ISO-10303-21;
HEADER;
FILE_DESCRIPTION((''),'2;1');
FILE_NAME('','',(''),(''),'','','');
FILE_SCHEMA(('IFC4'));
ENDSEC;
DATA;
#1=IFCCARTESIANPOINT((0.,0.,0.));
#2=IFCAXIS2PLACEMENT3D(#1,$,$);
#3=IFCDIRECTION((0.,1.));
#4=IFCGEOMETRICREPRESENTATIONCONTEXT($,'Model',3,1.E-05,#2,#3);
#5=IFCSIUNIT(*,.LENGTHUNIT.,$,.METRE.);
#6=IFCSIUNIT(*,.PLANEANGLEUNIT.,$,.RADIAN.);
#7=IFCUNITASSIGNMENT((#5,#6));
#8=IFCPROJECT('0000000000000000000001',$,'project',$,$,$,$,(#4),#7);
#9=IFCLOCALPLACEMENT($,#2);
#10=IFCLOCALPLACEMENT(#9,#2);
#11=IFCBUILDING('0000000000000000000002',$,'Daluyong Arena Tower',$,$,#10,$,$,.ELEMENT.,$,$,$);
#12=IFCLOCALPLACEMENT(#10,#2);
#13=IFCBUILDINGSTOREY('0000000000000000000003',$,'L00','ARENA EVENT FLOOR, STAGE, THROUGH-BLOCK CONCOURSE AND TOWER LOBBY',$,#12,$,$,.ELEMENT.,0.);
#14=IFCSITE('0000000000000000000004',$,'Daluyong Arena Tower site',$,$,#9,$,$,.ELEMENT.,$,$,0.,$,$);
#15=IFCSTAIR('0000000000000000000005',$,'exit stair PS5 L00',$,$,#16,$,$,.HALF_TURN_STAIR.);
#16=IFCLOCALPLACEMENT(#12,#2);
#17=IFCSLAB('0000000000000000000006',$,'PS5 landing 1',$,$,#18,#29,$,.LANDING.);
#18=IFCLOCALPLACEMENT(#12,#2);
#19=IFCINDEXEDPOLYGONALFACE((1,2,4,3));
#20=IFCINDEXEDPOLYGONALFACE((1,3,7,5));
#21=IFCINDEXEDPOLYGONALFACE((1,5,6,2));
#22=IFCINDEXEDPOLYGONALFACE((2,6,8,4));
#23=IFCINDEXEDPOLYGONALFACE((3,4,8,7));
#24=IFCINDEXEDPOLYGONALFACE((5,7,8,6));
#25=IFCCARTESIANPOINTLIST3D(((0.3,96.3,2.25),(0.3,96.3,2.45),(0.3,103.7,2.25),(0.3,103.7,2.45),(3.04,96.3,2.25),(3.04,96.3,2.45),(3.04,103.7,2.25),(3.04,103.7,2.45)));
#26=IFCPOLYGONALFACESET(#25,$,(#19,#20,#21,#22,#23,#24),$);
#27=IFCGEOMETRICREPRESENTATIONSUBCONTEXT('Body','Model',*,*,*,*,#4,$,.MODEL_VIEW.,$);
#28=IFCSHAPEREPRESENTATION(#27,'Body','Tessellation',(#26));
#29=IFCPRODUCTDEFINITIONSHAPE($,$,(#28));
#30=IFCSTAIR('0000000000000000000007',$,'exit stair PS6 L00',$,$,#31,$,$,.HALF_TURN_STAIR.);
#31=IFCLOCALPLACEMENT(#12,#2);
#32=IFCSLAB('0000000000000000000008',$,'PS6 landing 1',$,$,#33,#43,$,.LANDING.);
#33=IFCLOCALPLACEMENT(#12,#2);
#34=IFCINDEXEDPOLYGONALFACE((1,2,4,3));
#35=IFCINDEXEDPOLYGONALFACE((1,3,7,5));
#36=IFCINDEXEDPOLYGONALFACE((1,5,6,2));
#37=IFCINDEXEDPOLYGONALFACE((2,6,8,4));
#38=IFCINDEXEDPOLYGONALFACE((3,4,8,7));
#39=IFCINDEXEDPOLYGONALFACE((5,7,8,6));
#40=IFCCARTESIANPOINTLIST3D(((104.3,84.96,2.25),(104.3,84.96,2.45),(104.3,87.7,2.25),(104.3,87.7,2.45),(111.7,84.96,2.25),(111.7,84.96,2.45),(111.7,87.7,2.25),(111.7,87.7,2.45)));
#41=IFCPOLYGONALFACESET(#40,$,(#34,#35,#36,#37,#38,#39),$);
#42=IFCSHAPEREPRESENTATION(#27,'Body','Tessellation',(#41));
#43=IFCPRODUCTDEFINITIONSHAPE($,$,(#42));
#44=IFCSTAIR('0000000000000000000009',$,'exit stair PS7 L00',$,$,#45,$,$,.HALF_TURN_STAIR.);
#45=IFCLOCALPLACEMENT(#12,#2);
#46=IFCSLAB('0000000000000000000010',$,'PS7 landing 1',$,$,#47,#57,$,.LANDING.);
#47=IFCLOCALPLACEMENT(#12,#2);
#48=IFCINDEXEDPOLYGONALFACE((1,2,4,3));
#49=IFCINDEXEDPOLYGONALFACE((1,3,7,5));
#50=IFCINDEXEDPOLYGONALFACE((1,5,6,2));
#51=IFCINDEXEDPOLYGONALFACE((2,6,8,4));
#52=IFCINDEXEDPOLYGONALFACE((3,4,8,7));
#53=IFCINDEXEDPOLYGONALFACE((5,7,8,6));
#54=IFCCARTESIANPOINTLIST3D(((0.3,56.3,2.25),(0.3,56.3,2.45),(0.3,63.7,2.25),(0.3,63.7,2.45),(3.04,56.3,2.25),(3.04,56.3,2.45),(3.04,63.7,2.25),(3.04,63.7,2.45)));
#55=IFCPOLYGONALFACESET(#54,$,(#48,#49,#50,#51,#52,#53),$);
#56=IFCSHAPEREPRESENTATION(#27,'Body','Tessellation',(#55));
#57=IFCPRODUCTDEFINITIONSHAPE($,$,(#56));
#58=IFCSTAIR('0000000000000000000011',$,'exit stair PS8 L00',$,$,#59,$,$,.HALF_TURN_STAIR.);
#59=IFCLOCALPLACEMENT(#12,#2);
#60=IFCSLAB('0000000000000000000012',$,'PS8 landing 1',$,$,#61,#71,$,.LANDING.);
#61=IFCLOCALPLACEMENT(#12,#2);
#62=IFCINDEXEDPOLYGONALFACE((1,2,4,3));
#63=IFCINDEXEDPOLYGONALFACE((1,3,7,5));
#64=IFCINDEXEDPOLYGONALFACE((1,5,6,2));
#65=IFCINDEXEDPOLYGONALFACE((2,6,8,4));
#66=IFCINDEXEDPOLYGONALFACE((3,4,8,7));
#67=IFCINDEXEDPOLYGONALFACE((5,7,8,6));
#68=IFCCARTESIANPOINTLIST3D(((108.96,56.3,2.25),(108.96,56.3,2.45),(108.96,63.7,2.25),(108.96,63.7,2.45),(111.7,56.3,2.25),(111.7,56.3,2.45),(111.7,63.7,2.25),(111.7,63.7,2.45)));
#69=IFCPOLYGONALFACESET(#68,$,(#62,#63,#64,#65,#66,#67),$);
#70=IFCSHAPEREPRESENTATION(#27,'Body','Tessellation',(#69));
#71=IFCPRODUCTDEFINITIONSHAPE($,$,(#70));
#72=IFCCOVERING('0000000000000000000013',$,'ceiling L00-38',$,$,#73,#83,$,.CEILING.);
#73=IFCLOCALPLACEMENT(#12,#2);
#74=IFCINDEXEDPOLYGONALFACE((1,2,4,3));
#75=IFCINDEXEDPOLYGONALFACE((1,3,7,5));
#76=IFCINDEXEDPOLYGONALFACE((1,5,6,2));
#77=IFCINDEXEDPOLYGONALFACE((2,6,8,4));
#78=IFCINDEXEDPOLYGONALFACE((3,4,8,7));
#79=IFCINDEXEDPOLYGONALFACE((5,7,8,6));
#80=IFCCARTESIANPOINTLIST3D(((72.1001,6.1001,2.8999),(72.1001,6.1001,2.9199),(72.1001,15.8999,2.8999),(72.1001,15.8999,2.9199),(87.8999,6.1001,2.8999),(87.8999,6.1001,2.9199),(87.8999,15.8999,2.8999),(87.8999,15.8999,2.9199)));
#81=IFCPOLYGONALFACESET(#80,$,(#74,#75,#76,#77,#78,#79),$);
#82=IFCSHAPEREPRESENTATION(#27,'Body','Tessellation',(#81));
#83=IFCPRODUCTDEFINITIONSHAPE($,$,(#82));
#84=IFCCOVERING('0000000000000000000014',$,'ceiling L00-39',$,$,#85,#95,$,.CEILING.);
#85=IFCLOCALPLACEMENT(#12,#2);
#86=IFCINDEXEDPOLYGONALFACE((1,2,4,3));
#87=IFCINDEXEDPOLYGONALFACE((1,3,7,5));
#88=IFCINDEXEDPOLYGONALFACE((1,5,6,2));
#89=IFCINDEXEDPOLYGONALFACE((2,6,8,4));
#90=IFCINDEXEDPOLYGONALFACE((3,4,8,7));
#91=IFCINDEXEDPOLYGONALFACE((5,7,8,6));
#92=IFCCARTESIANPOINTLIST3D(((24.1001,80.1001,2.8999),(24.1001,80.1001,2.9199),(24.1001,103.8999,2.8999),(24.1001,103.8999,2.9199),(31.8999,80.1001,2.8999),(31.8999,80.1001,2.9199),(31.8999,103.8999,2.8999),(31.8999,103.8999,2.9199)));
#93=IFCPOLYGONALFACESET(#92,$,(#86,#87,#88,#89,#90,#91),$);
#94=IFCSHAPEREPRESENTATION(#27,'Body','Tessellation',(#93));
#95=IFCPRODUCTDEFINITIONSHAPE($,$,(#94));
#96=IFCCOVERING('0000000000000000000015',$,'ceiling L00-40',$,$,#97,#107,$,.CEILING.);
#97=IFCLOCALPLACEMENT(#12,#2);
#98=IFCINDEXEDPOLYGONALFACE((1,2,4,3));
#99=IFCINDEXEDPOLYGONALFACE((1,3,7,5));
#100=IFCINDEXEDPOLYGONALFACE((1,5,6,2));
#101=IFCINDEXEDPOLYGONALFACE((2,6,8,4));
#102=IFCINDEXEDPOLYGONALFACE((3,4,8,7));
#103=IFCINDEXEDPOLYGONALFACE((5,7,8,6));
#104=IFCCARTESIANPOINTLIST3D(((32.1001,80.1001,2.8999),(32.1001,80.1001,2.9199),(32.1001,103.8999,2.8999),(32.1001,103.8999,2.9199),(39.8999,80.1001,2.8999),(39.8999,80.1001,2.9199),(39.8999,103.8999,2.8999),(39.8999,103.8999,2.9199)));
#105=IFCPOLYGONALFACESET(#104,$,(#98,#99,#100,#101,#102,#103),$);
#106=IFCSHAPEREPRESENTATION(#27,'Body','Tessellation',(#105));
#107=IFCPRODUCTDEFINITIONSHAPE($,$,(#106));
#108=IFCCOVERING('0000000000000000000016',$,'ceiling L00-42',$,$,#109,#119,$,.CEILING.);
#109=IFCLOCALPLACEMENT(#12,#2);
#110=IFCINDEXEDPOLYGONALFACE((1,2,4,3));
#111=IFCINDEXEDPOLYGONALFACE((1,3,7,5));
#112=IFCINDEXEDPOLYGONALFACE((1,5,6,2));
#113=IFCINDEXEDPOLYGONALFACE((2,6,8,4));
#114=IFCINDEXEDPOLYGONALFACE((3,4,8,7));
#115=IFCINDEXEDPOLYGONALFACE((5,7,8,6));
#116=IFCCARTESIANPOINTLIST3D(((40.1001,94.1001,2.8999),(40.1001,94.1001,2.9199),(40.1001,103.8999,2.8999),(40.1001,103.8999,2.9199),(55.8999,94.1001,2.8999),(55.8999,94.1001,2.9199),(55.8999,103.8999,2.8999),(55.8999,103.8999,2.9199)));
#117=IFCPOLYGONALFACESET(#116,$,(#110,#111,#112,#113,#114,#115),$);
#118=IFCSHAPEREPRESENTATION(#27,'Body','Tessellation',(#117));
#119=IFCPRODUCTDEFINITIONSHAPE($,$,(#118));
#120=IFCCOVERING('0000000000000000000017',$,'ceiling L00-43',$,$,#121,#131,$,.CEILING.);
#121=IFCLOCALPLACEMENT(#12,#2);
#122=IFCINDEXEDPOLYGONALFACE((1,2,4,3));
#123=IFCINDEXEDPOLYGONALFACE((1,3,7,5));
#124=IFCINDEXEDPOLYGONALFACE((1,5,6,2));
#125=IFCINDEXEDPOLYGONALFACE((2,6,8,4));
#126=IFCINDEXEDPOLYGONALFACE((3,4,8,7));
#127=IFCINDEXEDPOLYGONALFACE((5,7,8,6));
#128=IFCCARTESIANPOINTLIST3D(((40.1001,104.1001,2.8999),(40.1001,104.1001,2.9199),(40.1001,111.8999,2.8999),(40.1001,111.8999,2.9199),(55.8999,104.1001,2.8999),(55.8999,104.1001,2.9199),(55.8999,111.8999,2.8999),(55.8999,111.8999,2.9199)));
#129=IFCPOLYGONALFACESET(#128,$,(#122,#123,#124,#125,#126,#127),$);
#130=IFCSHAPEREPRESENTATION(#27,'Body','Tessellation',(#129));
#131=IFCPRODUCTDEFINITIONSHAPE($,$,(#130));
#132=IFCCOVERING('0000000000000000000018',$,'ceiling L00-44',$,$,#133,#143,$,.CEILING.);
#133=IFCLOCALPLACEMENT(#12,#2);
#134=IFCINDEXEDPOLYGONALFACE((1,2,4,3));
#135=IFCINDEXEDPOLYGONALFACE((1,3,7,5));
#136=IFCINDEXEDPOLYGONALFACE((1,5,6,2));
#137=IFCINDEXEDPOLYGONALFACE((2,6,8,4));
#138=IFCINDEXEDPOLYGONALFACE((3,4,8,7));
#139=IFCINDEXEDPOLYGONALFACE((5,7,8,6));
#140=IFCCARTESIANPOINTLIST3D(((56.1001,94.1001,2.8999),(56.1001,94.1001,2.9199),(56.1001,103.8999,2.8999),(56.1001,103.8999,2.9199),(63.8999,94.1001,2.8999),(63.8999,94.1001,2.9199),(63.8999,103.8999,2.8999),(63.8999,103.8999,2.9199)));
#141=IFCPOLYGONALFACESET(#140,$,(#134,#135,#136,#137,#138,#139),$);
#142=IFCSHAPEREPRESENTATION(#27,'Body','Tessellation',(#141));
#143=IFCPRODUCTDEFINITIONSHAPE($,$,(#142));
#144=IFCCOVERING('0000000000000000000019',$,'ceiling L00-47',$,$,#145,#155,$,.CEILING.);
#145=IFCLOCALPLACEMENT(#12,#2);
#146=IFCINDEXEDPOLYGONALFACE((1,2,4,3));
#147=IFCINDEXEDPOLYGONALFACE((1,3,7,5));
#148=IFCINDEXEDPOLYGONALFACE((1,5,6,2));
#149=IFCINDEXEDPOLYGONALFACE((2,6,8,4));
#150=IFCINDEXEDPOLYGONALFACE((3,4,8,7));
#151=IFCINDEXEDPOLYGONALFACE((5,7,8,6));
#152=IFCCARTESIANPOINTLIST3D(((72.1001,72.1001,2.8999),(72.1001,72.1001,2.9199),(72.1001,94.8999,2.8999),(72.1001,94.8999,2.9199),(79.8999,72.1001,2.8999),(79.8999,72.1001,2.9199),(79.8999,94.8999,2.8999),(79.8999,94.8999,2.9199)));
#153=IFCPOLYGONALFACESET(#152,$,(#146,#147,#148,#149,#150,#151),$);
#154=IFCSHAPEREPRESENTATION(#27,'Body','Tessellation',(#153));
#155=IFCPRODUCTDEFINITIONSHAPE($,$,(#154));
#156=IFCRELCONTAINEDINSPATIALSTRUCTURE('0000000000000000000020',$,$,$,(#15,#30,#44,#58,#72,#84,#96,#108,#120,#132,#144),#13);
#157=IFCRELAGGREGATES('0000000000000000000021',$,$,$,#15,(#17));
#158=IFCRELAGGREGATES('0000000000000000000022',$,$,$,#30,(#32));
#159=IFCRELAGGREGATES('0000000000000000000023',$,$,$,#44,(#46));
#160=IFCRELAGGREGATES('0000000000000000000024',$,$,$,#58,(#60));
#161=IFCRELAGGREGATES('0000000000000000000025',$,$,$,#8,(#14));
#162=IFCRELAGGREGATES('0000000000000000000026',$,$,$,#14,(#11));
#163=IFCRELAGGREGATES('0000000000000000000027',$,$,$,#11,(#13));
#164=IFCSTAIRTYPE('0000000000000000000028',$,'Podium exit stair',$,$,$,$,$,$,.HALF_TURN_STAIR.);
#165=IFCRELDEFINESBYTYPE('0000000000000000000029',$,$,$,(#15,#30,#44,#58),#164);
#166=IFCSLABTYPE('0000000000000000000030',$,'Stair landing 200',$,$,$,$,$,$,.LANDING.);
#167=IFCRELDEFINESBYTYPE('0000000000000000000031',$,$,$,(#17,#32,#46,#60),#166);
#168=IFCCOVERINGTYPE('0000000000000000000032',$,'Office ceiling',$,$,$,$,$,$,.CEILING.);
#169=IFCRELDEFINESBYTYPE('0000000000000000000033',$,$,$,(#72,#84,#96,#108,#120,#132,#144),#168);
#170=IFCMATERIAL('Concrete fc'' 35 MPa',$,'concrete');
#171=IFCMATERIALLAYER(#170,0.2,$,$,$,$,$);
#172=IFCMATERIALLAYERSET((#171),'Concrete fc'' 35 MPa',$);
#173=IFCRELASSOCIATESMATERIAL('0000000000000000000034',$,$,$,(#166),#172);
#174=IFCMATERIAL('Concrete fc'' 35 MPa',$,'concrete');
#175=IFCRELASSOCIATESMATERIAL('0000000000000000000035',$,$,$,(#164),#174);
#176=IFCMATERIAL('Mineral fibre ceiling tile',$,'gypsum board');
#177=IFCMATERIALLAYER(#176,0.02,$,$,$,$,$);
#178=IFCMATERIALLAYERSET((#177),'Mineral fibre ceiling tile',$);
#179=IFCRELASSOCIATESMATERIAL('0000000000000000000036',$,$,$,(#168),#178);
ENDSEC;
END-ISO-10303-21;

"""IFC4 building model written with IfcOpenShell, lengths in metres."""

from ifc_helpers import new_model, si_unit, direction, frame, origin, place, context, subcontext, project, spatial, polyline, outline, extrude, material, layer, layer_set, type_object, element, aggregate, save


model = new_model("IFC4")

# Units and contexts
model_context = context("Model", 3, precision=1e-05, world=origin(), true_north=direction((0.0, 1.0)))
body_context = subcontext(model_context, "Body", "Model", "MODEL_VIEW")
ifc_project = project(units=[si_unit("LENGTHUNIT", "METRE"), si_unit("PLANEANGLEUNIT", "RADIAN")], contexts=[model_context])

# Site, building, storey
site_placement = place(None, origin())
site = spatial("IfcSite", under=ifc_project, at=site_placement, Name="Daluyong Arena Tower site", CompositionType="ELEMENT", RefElevation=0.0)
building_placement = place(site_placement, origin())
building = spatial("IfcBuilding", under=site, at=building_placement, Name="Daluyong Arena Tower", CompositionType="ELEMENT")
storey_placement = place(building_placement, origin())
storey = spatial("IfcBuildingStorey", under=building, at=storey_placement, Name="L00", Description="ARENA EVENT FLOOR, STAGE, THROUGH-BLOCK CONCOURSE AND TOWER LOBBY", CompositionType="ELEMENT", Elevation=0.0)

# Shared definitions
ifc_material_1 = material(Name="Concrete fc' 35 MPa", Category="concrete")
ifc_layer_1 = layer(ifc_material_1, 0.2)
ifc_layer_set_1 = layer_set([ifc_layer_1], Name="Concrete fc' 35 MPa")
slab_type_1 = type_object("IfcSlabType", Name="Stair landing 200", PredefinedType="LANDING", material=ifc_layer_set_1)

# Stairs, slabs
ifc_material_2 = material(Name="Concrete fc' 35 MPa", Category="concrete")
stair_type_1 = type_object("IfcStairType", Name="Podium exit stair", PredefinedType="HALF_TURN_STAIR", material=ifc_material_2)
stair_1_placement = place(storey_placement, origin())
stair_1 = element("IfcStair", 1, at=stair_1_placement, inside=storey, type_object=stair_type_1, Name="exit stair PS5 L00", PredefinedType="HALF_TURN_STAIR")
slab_1_placement = place(storey_placement, frame((0.0, 0.0, 2.25)))
slab_1 = element("IfcSlab", 2, at=slab_1_placement, type_object=slab_type_1, Name="PS5 landing 1", PredefinedType="LANDING", context=body_context, shape_type="SweptSolid", body=[
    extrude(outline(polyline([(3.04, 96.3), (3.04, 103.7), (0.3, 103.7), (0.3, 96.3), (3.04, 96.3)])), origin(), (0.0, 0.0, 1.0), 0.2),
])
aggregate(stair_1, [slab_1])
stair_2_placement = place(storey_placement, origin())
stair_2 = element("IfcStair", 3, at=stair_2_placement, inside=storey, type_object=stair_type_1, Name="exit stair PS6 L00", PredefinedType="HALF_TURN_STAIR")
slab_2_placement = place(storey_placement, frame((0.0, 0.0, 2.25)))
slab_2 = element("IfcSlab", 4, at=slab_2_placement, type_object=slab_type_1, Name="PS6 landing 1", PredefinedType="LANDING", context=body_context, shape_type="SweptSolid", body=[
    extrude(outline(polyline([(104.3, 84.96), (111.7, 84.96), (111.7, 87.7), (104.3, 87.7), (104.3, 84.96)])), origin(), (0.0, 0.0, 1.0), 0.2),
])
aggregate(stair_2, [slab_2])
stair_3_placement = place(storey_placement, origin())
stair_3 = element("IfcStair", 5, at=stair_3_placement, inside=storey, type_object=stair_type_1, Name="exit stair PS7 L00", PredefinedType="HALF_TURN_STAIR")
slab_3_placement = place(storey_placement, frame((0.0, 0.0, 2.25)))
slab_3 = element("IfcSlab", 6, at=slab_3_placement, type_object=slab_type_1, Name="PS7 landing 1", PredefinedType="LANDING", context=body_context, shape_type="SweptSolid", body=[
    extrude(outline(polyline([(3.04, 56.3), (3.04, 63.7), (0.3, 63.7), (0.3, 56.3), (3.04, 56.3)])), origin(), (0.0, 0.0, 1.0), 0.2),
])
aggregate(stair_3, [slab_3])
stair_4_placement = place(storey_placement, origin())
stair_4 = element("IfcStair", 7, at=stair_4_placement, inside=storey, type_object=stair_type_1, Name="exit stair PS8 L00", PredefinedType="HALF_TURN_STAIR")
slab_4_placement = place(storey_placement, frame((0.0, 0.0, 2.25)))
slab_4 = element("IfcSlab", 8, at=slab_4_placement, type_object=slab_type_1, Name="PS8 landing 1", PredefinedType="LANDING", context=body_context, shape_type="SweptSolid", body=[
    extrude(outline(polyline([(111.7, 56.3), (111.7, 63.7), (108.96, 63.7), (108.96, 56.3), (111.7, 56.3)])), origin(), (0.0, 0.0, 1.0), 0.2),
])
aggregate(stair_4, [slab_4])

# Coverings
ifc_material_3 = material(Name="Mineral fibre ceiling tile", Category="gypsum board")
ifc_layer_2 = layer(ifc_material_3, 0.02)
ifc_layer_set_2 = layer_set([ifc_layer_2], Name="Mineral fibre ceiling tile")
covering_type = type_object("IfcCoveringType", Name="Office ceiling", PredefinedType="CEILING", material=ifc_layer_set_2)
covering_1_placement = place(storey_placement, frame((0.0, 0.0, 2.8999)))
element("IfcCovering", 9, at=covering_1_placement, inside=storey, type_object=covering_type, Name="ceiling L00-38", PredefinedType="CEILING", context=body_context, shape_type="SweptSolid", body=[
    extrude(outline(polyline([(87.8999, 6.1001), (87.8999, 15.8999), (72.1001, 15.8999), (72.1001, 6.1001), (87.8999, 6.1001)])), origin(), (0.0, 0.0, 1.0), 0.02),
])
covering_2_placement = place(storey_placement, frame((0.0, 0.0, 2.8999)))
element("IfcCovering", 10, at=covering_2_placement, inside=storey, type_object=covering_type, Name="ceiling L00-39", PredefinedType="CEILING", context=body_context, shape_type="SweptSolid", body=[
    extrude(outline(polyline([(31.8999, 80.1001), (31.8999, 103.8999), (24.1001, 103.8999), (24.1001, 80.1001), (31.8999, 80.1001)])), origin(), (0.0, 0.0, 1.0), 0.02),
])
covering_3_placement = place(storey_placement, frame((0.0, 0.0, 2.8999)))
element("IfcCovering", 11, at=covering_3_placement, inside=storey, type_object=covering_type, Name="ceiling L00-40", PredefinedType="CEILING", context=body_context, shape_type="SweptSolid", body=[
    extrude(outline(polyline([(39.8999, 80.1001), (39.8999, 103.8999), (32.1001, 103.8999), (32.1001, 80.1001), (39.8999, 80.1001)])), origin(), (0.0, 0.0, 1.0), 0.02),
])
covering_4_placement = place(storey_placement, frame((0.0, 0.0, 2.8999)))
element("IfcCovering", 12, at=covering_4_placement, inside=storey, type_object=covering_type, Name="ceiling L00-42", PredefinedType="CEILING", context=body_context, shape_type="SweptSolid", body=[
    extrude(outline(polyline([(55.8999, 94.1001), (55.8999, 103.8999), (40.1001, 103.8999), (40.1001, 94.1001), (55.8999, 94.1001)])), origin(), (0.0, 0.0, 1.0), 0.02),
])
covering_5_placement = place(storey_placement, frame((0.0, 0.0, 2.8999)))
element("IfcCovering", 13, at=covering_5_placement, inside=storey, type_object=covering_type, Name="ceiling L00-43", PredefinedType="CEILING", context=body_context, shape_type="SweptSolid", body=[
    extrude(outline(polyline([(55.8999, 104.1001), (55.8999, 111.8999), (40.1001, 111.8999), (40.1001, 104.1001), (55.8999, 104.1001)])), origin(), (0.0, 0.0, 1.0), 0.02),
])
covering_6_placement = place(storey_placement, frame((0.0, 0.0, 2.8999)))
element("IfcCovering", 14, at=covering_6_placement, inside=storey, type_object=covering_type, Name="ceiling L00-44", PredefinedType="CEILING", context=body_context, shape_type="SweptSolid", body=[
    extrude(outline(polyline([(63.8999, 94.1001), (63.8999, 103.8999), (56.1001, 103.8999), (56.1001, 94.1001), (63.8999, 94.1001)])), origin(), (0.0, 0.0, 1.0), 0.02),
])
covering_7_placement = place(storey_placement, frame((0.0, 0.0, 2.8999)))
element("IfcCovering", 15, at=covering_7_placement, inside=storey, type_object=covering_type, Name="ceiling L00-47", PredefinedType="CEILING", context=body_context, shape_type="SweptSolid", body=[
    extrude(outline(polyline([(79.8999, 72.1001), (79.8999, 94.8999), (72.1001, 94.8999), (72.1001, 72.1001), (79.8999, 72.1001)])), origin(), (0.0, 0.0, 1.0), 0.02),
])

save(model, "model.ifc")
